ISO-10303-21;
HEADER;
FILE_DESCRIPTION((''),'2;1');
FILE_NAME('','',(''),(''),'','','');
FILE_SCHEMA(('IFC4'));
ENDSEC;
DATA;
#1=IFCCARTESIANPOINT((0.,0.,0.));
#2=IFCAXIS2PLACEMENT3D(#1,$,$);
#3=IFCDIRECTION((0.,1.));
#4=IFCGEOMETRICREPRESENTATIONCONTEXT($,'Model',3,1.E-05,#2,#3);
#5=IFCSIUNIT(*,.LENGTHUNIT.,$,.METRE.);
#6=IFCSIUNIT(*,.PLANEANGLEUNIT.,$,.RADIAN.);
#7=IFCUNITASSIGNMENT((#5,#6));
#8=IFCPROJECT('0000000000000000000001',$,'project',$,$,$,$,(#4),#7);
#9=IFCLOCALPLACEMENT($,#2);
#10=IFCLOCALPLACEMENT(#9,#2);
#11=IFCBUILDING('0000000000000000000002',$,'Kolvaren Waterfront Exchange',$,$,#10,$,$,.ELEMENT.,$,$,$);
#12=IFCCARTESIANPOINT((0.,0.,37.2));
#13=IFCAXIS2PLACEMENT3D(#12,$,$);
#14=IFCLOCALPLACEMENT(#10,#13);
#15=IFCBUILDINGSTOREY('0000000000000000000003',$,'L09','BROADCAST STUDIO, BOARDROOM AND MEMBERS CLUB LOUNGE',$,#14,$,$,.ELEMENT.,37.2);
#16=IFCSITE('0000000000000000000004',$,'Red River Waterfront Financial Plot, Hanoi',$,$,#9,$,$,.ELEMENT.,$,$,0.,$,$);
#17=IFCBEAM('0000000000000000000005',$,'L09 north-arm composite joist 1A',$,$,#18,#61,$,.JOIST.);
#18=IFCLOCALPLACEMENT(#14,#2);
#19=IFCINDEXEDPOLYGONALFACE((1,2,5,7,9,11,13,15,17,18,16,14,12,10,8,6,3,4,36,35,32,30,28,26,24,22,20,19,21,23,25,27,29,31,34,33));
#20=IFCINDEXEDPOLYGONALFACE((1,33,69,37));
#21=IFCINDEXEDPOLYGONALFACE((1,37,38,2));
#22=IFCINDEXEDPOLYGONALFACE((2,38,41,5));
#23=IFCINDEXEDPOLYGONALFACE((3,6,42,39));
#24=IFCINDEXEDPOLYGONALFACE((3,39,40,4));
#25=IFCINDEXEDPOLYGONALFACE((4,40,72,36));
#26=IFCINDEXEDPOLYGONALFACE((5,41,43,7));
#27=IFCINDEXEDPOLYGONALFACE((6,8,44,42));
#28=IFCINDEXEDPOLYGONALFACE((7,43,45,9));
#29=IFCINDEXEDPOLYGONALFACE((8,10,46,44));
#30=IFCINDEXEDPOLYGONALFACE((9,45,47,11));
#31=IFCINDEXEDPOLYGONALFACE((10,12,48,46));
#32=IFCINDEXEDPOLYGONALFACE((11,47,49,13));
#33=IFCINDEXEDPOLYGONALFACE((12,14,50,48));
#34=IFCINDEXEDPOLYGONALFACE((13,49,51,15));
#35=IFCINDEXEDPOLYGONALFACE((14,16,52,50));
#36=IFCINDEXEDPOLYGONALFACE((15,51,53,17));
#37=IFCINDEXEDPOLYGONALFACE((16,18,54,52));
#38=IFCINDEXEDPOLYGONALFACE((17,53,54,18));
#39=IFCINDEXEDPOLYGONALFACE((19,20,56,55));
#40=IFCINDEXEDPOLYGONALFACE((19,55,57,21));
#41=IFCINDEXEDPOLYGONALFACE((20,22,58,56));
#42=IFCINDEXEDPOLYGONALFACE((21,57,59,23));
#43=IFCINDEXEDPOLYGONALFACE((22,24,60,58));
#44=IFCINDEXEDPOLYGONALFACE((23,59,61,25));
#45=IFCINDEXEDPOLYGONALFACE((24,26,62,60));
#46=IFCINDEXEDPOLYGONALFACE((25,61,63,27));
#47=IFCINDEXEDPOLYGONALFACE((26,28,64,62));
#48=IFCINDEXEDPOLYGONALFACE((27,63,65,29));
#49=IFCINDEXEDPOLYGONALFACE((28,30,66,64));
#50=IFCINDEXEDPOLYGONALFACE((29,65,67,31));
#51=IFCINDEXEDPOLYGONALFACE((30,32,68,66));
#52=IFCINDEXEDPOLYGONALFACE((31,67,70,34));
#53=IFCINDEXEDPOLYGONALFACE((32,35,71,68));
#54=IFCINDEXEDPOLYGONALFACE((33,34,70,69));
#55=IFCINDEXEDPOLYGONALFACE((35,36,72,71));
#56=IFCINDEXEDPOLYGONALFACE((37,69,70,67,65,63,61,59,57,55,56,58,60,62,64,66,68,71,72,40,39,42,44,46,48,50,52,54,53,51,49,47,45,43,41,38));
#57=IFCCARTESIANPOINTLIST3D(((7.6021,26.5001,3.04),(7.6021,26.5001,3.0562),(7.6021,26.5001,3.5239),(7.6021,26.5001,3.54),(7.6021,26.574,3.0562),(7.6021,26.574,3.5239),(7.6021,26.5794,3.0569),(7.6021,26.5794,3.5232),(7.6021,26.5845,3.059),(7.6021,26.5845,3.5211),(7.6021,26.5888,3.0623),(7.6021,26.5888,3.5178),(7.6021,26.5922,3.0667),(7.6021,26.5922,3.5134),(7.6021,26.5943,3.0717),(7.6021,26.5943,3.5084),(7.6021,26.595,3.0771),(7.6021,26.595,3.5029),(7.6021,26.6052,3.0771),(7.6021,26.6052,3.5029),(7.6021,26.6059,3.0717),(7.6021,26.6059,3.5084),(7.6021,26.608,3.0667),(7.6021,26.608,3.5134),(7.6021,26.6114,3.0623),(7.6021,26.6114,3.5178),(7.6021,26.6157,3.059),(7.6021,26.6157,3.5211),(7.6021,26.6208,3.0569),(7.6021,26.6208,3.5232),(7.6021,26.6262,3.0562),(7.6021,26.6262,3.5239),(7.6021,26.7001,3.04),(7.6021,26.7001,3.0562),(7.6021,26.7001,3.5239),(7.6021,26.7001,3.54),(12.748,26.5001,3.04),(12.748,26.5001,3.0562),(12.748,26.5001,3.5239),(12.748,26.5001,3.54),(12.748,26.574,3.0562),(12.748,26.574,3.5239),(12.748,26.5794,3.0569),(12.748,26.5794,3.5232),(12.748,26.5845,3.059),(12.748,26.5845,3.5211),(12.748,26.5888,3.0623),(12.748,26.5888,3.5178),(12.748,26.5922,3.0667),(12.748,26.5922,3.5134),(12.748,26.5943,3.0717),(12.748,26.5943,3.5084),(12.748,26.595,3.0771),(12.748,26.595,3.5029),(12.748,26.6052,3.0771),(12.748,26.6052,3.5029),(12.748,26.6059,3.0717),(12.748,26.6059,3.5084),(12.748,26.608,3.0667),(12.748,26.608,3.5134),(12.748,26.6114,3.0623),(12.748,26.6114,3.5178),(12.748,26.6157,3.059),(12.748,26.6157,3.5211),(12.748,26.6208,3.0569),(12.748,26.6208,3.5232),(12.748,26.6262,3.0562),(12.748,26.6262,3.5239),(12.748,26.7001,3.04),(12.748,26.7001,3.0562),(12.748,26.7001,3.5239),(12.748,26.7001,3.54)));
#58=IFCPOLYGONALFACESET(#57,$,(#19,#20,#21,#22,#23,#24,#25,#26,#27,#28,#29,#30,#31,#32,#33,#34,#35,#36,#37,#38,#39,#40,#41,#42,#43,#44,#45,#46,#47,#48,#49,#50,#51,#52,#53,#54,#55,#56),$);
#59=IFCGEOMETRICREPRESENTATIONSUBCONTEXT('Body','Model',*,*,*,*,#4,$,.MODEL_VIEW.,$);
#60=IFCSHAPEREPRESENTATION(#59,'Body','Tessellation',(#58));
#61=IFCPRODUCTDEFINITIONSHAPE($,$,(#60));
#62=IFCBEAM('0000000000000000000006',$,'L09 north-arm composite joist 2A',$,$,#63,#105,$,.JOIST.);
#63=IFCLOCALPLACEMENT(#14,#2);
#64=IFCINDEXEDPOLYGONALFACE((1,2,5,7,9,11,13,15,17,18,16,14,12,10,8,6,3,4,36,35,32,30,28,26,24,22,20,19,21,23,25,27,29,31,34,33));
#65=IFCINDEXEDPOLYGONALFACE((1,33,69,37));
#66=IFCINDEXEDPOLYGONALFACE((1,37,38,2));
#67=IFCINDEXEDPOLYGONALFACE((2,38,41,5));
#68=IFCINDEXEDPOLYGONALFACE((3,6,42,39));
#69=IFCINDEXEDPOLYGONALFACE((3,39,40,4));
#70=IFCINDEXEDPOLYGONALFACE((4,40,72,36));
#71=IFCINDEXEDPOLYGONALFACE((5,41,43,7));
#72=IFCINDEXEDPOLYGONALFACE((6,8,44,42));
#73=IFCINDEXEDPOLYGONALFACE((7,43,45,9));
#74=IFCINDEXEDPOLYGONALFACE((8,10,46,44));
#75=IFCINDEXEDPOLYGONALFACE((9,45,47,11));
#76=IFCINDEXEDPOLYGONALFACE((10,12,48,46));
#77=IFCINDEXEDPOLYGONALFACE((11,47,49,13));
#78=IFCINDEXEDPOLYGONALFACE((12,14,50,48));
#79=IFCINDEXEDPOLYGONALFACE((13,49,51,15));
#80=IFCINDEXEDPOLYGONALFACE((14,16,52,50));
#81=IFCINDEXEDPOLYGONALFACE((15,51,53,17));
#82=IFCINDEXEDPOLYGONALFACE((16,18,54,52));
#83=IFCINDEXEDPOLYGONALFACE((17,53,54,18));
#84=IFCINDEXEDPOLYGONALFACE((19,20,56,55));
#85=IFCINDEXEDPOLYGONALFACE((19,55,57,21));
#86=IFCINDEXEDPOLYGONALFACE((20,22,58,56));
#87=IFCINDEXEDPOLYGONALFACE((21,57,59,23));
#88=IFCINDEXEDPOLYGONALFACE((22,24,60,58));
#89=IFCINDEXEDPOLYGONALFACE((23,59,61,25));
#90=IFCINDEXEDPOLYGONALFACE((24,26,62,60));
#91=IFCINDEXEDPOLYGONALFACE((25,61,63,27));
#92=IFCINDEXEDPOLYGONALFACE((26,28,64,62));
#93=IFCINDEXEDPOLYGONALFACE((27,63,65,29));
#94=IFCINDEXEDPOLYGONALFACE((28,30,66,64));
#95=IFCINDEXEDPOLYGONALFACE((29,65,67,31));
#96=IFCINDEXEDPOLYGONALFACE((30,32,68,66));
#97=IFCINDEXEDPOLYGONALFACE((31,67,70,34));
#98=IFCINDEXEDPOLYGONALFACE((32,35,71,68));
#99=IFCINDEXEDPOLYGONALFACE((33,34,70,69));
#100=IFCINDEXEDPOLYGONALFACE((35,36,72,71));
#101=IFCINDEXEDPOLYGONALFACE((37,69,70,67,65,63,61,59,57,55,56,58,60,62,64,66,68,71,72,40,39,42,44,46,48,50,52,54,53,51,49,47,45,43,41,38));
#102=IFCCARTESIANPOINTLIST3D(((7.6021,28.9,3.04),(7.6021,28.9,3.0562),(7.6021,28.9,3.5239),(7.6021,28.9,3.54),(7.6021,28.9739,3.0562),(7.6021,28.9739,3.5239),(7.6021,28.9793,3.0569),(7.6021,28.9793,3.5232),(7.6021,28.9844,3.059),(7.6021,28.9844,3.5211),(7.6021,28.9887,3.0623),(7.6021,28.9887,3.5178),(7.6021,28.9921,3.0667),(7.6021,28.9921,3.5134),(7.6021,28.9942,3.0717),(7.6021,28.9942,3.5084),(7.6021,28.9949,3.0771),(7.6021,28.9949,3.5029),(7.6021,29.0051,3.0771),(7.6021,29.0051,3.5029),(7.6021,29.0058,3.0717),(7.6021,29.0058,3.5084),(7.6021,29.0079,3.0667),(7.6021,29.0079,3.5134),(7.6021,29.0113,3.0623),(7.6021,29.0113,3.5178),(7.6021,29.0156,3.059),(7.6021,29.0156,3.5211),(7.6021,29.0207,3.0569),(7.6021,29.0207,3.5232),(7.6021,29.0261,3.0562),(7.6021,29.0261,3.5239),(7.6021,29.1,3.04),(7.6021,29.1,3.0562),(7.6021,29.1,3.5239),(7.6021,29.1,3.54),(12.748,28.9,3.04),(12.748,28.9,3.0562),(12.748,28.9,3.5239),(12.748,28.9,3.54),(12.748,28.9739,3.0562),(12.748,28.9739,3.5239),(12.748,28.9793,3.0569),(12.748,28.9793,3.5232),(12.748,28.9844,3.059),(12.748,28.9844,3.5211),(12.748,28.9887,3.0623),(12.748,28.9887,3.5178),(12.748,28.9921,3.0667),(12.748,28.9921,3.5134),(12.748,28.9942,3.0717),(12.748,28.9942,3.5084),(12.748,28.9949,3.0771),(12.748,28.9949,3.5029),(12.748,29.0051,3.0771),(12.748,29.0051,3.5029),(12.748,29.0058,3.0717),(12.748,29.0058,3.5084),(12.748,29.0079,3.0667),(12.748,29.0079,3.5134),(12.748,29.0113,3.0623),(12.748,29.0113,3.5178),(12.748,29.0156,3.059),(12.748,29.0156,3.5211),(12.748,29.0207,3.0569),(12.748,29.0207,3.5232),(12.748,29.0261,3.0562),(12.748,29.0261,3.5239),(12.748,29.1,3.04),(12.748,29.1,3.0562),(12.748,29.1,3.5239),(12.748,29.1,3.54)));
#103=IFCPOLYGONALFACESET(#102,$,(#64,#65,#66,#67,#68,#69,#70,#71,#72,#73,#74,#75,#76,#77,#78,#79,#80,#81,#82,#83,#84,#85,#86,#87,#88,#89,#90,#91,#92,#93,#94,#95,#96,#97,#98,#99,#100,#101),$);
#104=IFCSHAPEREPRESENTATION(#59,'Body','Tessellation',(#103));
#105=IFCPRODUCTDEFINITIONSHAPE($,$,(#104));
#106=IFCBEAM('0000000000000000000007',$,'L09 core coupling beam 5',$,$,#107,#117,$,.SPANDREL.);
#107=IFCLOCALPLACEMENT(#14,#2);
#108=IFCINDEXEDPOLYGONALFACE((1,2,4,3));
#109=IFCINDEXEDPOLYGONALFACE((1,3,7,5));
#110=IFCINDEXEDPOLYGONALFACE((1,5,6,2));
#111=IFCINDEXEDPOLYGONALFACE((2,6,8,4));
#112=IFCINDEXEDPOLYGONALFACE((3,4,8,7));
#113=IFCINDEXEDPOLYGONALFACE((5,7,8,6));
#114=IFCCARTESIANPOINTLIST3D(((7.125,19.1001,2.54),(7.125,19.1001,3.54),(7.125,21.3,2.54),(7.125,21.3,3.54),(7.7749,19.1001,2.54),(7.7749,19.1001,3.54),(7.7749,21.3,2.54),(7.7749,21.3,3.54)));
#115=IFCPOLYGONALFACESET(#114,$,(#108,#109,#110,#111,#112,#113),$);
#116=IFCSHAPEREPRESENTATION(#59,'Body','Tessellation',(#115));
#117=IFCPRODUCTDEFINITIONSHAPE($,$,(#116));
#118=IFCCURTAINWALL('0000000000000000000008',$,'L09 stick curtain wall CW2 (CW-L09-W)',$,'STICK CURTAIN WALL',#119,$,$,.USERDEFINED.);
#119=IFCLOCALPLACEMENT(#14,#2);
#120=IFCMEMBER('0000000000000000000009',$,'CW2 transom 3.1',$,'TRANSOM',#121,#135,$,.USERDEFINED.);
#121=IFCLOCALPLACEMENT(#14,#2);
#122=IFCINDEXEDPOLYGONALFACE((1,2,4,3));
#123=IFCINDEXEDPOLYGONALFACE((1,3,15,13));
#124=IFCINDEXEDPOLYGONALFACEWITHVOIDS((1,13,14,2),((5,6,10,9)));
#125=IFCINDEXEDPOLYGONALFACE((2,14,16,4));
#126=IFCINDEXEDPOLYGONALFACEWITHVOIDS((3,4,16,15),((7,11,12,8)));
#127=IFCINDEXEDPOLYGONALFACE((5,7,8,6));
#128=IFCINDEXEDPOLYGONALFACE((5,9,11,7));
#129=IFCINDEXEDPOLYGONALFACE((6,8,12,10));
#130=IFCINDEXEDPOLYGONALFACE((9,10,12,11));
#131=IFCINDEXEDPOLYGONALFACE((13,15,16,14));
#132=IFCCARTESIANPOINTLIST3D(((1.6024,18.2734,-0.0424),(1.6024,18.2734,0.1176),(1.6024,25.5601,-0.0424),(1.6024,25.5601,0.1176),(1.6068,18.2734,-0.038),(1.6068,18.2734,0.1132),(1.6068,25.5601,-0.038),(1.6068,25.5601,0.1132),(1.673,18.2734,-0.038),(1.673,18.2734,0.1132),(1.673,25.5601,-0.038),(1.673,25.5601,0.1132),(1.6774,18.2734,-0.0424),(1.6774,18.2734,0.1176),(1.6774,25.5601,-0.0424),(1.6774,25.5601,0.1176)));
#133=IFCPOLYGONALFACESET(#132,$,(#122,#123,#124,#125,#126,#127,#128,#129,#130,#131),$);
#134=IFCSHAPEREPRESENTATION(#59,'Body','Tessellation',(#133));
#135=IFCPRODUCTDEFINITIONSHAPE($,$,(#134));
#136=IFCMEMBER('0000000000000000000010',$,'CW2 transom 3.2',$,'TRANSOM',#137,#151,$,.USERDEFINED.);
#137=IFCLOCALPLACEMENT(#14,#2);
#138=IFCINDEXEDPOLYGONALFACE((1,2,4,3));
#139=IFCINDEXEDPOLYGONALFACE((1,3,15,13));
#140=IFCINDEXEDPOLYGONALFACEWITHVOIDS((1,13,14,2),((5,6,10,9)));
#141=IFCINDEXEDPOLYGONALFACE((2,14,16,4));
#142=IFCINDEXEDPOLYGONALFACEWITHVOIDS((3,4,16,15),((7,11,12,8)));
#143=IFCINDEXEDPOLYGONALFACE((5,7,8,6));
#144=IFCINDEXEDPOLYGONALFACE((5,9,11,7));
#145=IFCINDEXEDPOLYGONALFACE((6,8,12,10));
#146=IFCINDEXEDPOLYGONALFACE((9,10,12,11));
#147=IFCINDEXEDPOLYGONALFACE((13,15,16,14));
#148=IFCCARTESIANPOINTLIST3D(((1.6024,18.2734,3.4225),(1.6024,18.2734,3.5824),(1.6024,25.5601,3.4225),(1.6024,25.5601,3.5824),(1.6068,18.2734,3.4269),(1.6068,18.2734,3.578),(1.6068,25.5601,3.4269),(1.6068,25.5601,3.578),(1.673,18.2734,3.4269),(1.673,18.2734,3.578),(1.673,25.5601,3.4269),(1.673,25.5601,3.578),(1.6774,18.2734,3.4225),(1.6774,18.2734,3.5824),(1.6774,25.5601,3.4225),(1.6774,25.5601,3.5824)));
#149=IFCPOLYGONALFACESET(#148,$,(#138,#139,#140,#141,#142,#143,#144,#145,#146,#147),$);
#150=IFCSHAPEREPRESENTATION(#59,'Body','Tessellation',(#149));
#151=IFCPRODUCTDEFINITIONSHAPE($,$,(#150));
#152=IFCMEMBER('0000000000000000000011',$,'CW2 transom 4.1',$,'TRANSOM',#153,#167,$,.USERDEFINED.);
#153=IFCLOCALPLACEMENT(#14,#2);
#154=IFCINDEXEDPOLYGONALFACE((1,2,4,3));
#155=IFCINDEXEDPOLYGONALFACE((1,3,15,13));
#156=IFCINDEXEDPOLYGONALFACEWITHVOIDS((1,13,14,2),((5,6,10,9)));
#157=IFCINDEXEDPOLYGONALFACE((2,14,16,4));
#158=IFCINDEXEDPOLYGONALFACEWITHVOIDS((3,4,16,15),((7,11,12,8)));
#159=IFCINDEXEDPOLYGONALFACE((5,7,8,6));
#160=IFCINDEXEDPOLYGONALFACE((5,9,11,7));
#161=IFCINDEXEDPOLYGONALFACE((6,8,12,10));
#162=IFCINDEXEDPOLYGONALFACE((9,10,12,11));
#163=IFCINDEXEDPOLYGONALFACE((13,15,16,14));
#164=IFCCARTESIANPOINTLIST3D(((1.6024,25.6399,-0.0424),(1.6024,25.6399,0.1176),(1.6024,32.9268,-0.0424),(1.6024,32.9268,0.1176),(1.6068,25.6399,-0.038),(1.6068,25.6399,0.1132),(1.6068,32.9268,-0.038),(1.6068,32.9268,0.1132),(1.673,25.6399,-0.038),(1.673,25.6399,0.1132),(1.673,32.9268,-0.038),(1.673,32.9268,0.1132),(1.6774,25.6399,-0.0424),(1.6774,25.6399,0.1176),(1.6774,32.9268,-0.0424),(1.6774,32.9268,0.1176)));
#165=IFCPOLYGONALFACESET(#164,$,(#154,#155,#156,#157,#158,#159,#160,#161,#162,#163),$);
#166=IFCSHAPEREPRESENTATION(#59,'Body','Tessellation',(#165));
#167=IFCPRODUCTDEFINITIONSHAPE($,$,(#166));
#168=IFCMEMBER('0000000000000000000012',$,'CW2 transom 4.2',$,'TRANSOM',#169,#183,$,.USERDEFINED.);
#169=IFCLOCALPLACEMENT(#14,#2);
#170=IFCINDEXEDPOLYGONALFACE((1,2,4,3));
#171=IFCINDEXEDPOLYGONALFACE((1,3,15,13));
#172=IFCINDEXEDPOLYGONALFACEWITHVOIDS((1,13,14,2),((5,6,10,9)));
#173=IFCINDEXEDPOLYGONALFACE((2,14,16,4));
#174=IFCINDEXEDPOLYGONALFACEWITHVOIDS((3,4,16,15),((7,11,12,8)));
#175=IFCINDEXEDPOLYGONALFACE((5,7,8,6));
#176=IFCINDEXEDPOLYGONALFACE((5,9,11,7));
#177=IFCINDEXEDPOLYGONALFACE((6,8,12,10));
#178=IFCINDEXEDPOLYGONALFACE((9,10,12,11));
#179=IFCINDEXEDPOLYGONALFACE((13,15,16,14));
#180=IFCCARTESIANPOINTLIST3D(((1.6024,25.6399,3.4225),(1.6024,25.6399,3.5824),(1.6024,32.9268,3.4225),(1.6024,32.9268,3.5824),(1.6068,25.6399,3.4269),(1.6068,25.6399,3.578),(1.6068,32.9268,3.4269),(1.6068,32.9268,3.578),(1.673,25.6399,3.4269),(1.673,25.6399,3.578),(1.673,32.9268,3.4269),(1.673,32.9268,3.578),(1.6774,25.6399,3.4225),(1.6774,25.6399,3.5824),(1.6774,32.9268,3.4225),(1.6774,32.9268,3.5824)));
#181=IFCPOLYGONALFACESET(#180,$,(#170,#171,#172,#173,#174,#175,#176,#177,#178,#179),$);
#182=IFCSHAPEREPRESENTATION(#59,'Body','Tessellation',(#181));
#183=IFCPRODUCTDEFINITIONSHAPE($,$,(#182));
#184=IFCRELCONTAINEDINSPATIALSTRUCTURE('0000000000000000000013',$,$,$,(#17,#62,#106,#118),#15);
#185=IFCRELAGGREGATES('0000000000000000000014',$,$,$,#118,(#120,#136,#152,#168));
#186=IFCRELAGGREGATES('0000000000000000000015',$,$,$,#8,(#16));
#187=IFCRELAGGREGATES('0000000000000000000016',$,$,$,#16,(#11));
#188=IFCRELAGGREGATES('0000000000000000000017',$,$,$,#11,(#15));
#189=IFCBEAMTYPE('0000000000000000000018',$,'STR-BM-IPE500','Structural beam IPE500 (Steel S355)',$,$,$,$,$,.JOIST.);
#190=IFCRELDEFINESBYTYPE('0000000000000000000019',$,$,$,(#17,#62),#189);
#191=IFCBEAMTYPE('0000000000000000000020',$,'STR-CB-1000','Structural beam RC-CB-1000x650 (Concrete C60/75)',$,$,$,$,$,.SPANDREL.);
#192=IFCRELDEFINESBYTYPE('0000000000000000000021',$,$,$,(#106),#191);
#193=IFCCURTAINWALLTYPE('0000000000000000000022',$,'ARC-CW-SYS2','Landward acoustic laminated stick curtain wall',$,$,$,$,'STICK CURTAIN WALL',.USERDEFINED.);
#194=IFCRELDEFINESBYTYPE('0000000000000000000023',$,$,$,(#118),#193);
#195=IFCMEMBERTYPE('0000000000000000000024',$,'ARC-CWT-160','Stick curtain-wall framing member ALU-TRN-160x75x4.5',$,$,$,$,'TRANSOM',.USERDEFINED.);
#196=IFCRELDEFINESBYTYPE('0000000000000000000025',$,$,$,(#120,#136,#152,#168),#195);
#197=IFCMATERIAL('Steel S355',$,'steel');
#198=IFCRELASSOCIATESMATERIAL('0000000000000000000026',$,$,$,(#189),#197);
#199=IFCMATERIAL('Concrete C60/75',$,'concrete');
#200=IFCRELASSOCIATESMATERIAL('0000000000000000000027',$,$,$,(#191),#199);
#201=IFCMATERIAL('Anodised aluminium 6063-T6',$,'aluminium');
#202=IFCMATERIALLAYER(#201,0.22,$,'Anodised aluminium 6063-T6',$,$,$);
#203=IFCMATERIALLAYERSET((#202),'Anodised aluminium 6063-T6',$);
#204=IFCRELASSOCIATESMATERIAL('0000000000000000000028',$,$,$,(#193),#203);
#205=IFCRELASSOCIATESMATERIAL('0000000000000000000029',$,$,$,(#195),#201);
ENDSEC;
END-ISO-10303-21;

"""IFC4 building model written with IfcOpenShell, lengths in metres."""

from ifc_helpers import new_model, si_unit, direction, frame, origin, origin_with_axes, origin_2d, place, context, subcontext, project, spatial, rectangle, hollow_rectangle, i_section, extrude, source, transform, mapped, material, layer, layer_set, material_profile, profile_set, type_object, element, aggregate, save


model = new_model("IFC4")

# Units and contexts
model_context = context("Model", 3, precision=1e-05, world=origin(), true_north=direction((0.0, 1.0)))
body_context = subcontext(model_context, "Body", "Model", "MODEL_VIEW")
ifc_project = project(units=[si_unit("LENGTHUNIT", "METRE"), si_unit("PLANEANGLEUNIT", "RADIAN")], contexts=[model_context])

# Site, building, storey
site_placement = place(None, origin())
site = spatial("IfcSite", under=ifc_project, at=site_placement, Name="Red River Waterfront Financial Plot, Hanoi", CompositionType="ELEMENT", RefElevation=0.0)
building_placement = place(site_placement, origin())
building = spatial("IfcBuilding", under=site, at=building_placement, Name="Kolvaren Waterfront Exchange", CompositionType="ELEMENT")
storey_placement = place(building_placement, frame((0.0, 0.0, 37.2)))
storey = spatial("IfcBuildingStorey", under=building, at=storey_placement, Name="L09", Description="BROADCAST STUDIO, BOARDROOM AND MEMBERS CLUB LOUNGE", CompositionType="ELEMENT", Elevation=37.2)

# Beams
ifc_material_1 = material(Name="Steel S355", Category="steel")
ifc_material_profile_1 = material_profile(ifc_material_1, i_section(OverallWidth=0.2, OverallDepth=0.5, WebThickness=0.0103, FlangeThickness=0.0161, FilletRadius=0.021, at=origin_2d()), Name="IPE500")
ifc_profile_set_1 = profile_set([ifc_material_profile_1], Name="Steel S355")
beam_type_1 = type_object("IfcBeamType", Name="STR-BM-IPE500", Description="Structural beam IPE500 (Steel S355)", PredefinedType="JOIST", material=ifc_profile_set_1)
for number, where, z_axis, x_axis, name in (
    (1, (7.6021, 26.6001, 3.29), (1.0, 0.0, 0.0), (0.0, 1.0, 0.0), "L09 north-arm composite joist 1A"),
    (2, (7.6021, 29.0, 3.29), (1.0, 0.0, 0.0), (0.0, 1.0, 0.0), "L09 north-arm composite joist 2A"),
):
    element("IfcBeam", number, at=place(storey_placement, frame(where, z_axis=z_axis, x_axis=x_axis)), inside=storey, type_object=beam_type_1, Name=name, PredefinedType="JOIST", context=body_context, shape_type="SweptSolid", body=[
        extrude(i_section(OverallWidth=0.2, OverallDepth=0.5, WebThickness=0.0103, FlangeThickness=0.0161, FilletRadius=0.021, at=origin_2d()), origin(), (0.0, 0.0, 1.0), 5.146),
    ])
ifc_material_2 = material(Name="Concrete C60/75", Category="concrete")
ifc_material_profile_2 = material_profile(ifc_material_2, rectangle(XDim=0.6499, YDim=1.0, at=origin_2d()), Name="RC-CB-1000x650")
ifc_profile_set_2 = profile_set([ifc_material_profile_2], Name="Concrete C60/75")
beam_type_2 = type_object("IfcBeamType", Name="STR-CB-1000", Description="Structural beam RC-CB-1000x650 (Concrete C60/75)", PredefinedType="SPANDREL", material=ifc_profile_set_2)
beam_1_placement = place(storey_placement, frame((7.45, 19.1001, 3.04), z_axis=(0.0, 1.0, 0.0), x_axis=(-1.0, 0.0, 0.0)))
element("IfcBeam", 3, at=beam_1_placement, inside=storey, type_object=beam_type_2, Name="L09 core coupling beam 5", PredefinedType="SPANDREL", context=body_context, shape_type="SweptSolid", body=[
    extrude(rectangle(XDim=0.6499, YDim=1.0, at=origin_2d()), origin(), (0.0, 0.0, 1.0), 2.2),
])

# Curtain wall, members
ifc_material_3 = material(Name="Anodised aluminium 6063-T6", Category="aluminium")
ifc_layer_1 = layer(ifc_material_3, 0.22, Name="Anodised aluminium 6063-T6")
ifc_layer_set_1 = layer_set([ifc_layer_1], Name="Anodised aluminium 6063-T6")
curtain_wall_type = type_object("IfcCurtainWallType", Name="ARC-CW-SYS2", Description="Landward acoustic laminated stick curtain wall", ElementType="STICK CURTAIN WALL", PredefinedType="USERDEFINED", material=ifc_layer_set_1)
curtain_wall_placement = place(storey_placement, origin())
curtain_wall = element("IfcCurtainWall", 4, at=curtain_wall_placement, inside=storey, type_object=curtain_wall_type, Name="L09 stick curtain wall CW2 (CW-L09-W)", ObjectType="STICK CURTAIN WALL", PredefinedType="USERDEFINED")
ifc_material_profile_3 = material_profile(ifc_material_3, hollow_rectangle(XDim=0.075, YDim=0.1599, WallThickness=0.0044, at=origin_2d()), Name="ALU-TRN-160x75x4.5")
ifc_profile_set_3 = profile_set([ifc_material_profile_3], Name="Anodised aluminium 6063-T6")
member_type_1 = type_object("IfcMemberType", Name="ARC-CWT-160", Description="Stick curtain-wall framing member ALU-TRN-160x75x4.5", ElementType="TRANSOM", PredefinedType="USERDEFINED", material=ifc_profile_set_3)
shared_shape_1 = source(origin_with_axes(), body_context, "Body", "SweptSolid", [
    extrude(hollow_rectangle(XDim=0.075, YDim=0.1599, WallThickness=0.0044, at=origin_2d()), origin(), (0.0, 0.0, 1.0), 7.2866),
])
member_1_placement = place(storey_placement, frame((1.6399, 18.2734, 0.0376), z_axis=(0.0, 1.0, 0.0), x_axis=(-1.0, 0.0, 0.0)))
member_1 = element("IfcMember", 5, at=member_1_placement, type_object=member_type_1, Name="CW2 transom 3.1", ObjectType="TRANSOM", PredefinedType="USERDEFINED", context=body_context, shape_type="MappedRepresentation", body=[
    mapped(shared_shape_1, transform((0.0, 0.0, 0.0), x_axis=(1.0, 0.0, 0.0), y_axis=(0.0, 1.0, 0.0), z_axis=(0.0, 0.0, 1.0), scale=1.0)),
])
member_2_placement = place(storey_placement, frame((1.6399, 18.2734, 3.5024), z_axis=(0.0, 1.0, 0.0), x_axis=(-1.0, 0.0, 0.0)))
member_2 = element("IfcMember", 6, at=member_2_placement, type_object=member_type_1, Name="CW2 transom 3.2", ObjectType="TRANSOM", PredefinedType="USERDEFINED", context=body_context, shape_type="MappedRepresentation", body=[
    mapped(shared_shape_1, transform((0.0, 0.0, 0.0), x_axis=(1.0, 0.0, 0.0), y_axis=(0.0, 1.0, 0.0), z_axis=(0.0, 0.0, 1.0), scale=1.0)),
])
shared_shape_2 = source(origin_with_axes(), body_context, "Body", "SweptSolid", [
    extrude(hollow_rectangle(XDim=0.075, YDim=0.1599, WallThickness=0.0044, at=origin_2d()), origin(), (0.0, 0.0, 1.0), 7.2869),
])
member_3_placement = place(storey_placement, frame((1.6399, 25.6399, 0.0376), z_axis=(0.0, 1.0, 0.0), x_axis=(-1.0, 0.0, 0.0)))
member_3 = element("IfcMember", 7, at=member_3_placement, type_object=member_type_1, Name="CW2 transom 4.1", ObjectType="TRANSOM", PredefinedType="USERDEFINED", context=body_context, shape_type="MappedRepresentation", body=[
    mapped(shared_shape_2, transform((0.0, 0.0, 0.0), x_axis=(1.0, 0.0, 0.0), y_axis=(0.0, 1.0, 0.0), z_axis=(0.0, 0.0, 1.0), scale=1.0)),
])
member_4_placement = place(storey_placement, frame((1.6399, 25.6399, 3.5024), z_axis=(0.0, 1.0, 0.0), x_axis=(-1.0, 0.0, 0.0)))
member_4 = element("IfcMember", 8, at=member_4_placement, type_object=member_type_1, Name="CW2 transom 4.2", ObjectType="TRANSOM", PredefinedType="USERDEFINED", context=body_context, shape_type="MappedRepresentation", body=[
    mapped(shared_shape_2, transform((0.0, 0.0, 0.0), x_axis=(1.0, 0.0, 0.0), y_axis=(0.0, 1.0, 0.0), z_axis=(0.0, 0.0, 1.0), scale=1.0)),
])
aggregate(curtain_wall, [member_1, member_2, member_3, member_4])

save(model, "model.ifc")
